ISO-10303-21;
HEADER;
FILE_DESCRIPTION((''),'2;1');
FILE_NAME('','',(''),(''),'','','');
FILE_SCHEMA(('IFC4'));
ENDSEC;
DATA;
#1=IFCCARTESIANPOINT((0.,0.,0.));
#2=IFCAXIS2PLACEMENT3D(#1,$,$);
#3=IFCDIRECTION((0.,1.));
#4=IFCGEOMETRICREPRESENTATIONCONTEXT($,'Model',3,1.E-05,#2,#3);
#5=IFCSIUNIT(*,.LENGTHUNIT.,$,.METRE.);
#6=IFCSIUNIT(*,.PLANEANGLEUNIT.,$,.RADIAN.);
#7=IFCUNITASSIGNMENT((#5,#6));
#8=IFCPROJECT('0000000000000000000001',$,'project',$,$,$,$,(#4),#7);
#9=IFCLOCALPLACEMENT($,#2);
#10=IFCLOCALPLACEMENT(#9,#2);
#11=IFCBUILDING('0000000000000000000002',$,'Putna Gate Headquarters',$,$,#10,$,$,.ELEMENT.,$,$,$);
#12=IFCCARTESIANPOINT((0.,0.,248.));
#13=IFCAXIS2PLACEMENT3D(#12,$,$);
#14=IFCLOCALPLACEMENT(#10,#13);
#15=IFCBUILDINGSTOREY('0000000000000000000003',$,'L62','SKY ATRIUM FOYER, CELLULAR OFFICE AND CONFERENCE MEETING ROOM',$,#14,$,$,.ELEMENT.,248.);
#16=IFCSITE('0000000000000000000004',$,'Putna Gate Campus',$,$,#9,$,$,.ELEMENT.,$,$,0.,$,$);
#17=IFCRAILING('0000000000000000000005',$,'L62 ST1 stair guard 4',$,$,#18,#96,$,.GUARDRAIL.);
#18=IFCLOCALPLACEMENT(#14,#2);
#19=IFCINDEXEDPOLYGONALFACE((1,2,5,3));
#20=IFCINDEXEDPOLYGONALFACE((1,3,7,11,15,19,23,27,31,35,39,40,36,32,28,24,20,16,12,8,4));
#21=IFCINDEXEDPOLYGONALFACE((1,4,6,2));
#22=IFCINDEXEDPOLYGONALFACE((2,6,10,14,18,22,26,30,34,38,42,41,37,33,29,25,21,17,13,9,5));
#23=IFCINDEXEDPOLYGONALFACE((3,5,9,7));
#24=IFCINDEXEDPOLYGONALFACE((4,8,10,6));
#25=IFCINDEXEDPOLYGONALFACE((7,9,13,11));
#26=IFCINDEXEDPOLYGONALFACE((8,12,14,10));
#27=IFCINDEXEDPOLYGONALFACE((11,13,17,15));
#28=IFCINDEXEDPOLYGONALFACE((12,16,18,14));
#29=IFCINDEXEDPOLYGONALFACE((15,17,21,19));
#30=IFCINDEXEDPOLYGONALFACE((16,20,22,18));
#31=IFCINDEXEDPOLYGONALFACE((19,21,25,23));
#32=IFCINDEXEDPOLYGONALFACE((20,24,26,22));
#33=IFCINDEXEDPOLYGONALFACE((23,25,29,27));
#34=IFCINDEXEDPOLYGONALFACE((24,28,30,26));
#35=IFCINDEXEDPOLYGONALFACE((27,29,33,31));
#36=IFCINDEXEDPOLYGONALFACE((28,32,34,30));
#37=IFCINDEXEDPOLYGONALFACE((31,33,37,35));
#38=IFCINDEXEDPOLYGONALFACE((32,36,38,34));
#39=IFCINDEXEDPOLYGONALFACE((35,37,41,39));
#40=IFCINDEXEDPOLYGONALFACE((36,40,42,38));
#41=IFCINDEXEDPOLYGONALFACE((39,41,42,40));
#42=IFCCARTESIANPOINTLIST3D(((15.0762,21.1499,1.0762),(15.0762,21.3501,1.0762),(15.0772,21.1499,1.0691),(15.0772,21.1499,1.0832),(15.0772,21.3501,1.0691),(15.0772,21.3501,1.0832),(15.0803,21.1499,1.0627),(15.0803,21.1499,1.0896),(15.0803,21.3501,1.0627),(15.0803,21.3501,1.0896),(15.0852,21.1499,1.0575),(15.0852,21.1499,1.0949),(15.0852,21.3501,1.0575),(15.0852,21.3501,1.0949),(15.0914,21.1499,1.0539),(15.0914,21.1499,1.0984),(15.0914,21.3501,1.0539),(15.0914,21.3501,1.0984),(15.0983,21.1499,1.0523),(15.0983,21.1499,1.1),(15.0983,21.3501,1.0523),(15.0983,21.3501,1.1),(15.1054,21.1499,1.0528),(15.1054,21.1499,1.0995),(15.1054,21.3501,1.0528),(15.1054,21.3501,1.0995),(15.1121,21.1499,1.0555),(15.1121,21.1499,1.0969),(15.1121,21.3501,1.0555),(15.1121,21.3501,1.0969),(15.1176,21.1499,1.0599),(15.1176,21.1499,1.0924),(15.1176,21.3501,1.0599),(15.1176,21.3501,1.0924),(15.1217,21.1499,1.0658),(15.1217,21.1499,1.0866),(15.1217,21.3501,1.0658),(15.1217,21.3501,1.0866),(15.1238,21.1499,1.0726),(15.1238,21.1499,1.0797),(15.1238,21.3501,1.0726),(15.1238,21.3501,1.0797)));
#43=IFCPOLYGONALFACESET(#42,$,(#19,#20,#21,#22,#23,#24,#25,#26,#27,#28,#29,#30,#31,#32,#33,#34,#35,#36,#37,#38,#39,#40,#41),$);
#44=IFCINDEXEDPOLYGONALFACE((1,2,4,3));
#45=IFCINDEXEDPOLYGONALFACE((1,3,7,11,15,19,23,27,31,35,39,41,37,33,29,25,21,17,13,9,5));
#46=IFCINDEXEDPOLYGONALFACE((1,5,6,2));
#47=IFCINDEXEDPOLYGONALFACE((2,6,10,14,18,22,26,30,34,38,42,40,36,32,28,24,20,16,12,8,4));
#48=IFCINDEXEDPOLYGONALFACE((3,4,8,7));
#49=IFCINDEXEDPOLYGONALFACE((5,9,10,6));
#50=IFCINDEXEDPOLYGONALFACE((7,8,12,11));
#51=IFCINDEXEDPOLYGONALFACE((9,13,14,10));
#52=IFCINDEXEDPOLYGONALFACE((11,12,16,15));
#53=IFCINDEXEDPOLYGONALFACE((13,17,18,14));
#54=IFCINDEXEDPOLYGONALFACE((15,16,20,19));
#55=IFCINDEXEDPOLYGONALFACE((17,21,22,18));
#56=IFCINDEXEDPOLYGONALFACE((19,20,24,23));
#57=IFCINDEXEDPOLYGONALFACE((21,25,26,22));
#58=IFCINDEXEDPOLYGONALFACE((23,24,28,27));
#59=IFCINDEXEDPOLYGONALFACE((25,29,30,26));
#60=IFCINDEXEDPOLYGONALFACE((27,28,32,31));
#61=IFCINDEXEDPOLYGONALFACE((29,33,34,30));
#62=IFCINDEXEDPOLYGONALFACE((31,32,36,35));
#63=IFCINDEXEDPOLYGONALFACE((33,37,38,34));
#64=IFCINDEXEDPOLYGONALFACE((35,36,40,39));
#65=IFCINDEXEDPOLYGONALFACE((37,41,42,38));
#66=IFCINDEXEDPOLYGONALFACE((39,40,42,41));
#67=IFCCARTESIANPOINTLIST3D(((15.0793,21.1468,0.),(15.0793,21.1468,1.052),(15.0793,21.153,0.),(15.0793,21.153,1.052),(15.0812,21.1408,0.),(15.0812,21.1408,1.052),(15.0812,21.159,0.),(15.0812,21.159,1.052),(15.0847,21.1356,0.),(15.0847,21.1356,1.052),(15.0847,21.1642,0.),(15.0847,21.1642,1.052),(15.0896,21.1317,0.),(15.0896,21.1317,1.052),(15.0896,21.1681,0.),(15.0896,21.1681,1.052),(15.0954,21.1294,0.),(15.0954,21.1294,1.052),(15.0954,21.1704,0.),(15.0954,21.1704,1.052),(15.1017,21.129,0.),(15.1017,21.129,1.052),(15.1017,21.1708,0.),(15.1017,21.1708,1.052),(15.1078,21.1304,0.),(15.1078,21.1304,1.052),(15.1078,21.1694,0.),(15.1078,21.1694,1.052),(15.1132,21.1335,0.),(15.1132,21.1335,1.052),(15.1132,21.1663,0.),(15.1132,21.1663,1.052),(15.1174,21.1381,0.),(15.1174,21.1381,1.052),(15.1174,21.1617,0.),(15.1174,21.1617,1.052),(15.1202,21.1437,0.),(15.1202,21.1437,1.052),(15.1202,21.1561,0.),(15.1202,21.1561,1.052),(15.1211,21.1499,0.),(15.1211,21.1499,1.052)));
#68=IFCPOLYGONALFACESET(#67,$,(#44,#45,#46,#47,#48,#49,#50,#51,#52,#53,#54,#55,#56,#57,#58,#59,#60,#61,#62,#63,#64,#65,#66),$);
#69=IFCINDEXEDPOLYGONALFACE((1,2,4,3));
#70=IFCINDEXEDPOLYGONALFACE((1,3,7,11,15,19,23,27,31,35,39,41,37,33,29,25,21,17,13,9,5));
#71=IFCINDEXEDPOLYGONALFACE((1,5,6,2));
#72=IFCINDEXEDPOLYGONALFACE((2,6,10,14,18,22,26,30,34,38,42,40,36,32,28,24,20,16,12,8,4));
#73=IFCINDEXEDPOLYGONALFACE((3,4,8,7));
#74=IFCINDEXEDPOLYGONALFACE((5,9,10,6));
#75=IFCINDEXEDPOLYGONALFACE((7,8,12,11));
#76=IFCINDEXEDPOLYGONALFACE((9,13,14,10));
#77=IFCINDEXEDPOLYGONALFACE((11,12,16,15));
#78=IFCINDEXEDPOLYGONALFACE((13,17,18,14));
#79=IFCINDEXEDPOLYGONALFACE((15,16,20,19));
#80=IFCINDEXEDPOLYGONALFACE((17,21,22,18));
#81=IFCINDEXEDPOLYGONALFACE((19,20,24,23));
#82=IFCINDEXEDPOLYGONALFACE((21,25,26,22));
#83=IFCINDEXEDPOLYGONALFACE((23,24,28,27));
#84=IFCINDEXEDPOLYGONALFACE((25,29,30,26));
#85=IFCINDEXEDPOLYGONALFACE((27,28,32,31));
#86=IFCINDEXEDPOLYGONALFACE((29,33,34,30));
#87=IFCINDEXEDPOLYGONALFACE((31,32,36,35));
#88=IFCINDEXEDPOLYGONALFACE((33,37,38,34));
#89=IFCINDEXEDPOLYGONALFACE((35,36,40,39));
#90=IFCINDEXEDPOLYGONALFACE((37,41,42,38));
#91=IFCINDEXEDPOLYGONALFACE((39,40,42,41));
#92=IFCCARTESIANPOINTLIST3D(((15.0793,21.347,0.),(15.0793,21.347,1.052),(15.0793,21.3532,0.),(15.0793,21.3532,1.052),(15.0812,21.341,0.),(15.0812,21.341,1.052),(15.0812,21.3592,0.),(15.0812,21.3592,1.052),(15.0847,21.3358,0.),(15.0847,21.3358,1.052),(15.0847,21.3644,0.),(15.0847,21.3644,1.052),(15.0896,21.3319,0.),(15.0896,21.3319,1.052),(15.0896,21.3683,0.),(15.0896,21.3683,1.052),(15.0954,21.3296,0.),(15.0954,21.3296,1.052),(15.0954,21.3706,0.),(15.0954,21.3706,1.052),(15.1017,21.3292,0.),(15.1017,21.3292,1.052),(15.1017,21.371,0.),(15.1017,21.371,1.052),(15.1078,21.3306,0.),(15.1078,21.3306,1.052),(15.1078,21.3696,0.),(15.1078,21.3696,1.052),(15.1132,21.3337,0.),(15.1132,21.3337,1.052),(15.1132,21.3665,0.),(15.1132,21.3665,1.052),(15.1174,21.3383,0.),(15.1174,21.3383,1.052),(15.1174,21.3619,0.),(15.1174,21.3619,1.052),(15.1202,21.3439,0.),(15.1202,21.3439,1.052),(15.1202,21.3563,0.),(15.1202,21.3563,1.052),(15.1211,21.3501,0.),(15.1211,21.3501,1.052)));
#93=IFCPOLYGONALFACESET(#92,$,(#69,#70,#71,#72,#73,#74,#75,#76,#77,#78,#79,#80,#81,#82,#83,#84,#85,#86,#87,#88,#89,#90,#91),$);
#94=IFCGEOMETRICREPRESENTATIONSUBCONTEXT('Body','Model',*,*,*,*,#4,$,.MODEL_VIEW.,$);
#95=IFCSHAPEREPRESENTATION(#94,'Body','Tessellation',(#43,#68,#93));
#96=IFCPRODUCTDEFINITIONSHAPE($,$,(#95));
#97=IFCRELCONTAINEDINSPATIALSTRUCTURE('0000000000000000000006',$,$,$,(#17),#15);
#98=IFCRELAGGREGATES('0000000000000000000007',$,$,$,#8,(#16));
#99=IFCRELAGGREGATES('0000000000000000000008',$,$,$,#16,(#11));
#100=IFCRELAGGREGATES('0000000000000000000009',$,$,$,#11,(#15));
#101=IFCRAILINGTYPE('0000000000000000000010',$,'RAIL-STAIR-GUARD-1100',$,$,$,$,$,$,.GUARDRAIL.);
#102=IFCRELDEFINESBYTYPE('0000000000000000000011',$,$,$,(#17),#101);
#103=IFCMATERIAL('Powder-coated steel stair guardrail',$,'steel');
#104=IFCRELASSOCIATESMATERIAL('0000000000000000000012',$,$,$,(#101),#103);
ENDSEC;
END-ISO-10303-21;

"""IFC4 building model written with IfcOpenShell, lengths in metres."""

from ifc_helpers import new_model, si_unit, direction, frame, origin, origin_2d, place, context, subcontext, project, spatial, circle, extrude, material, type_object, element, save


model = new_model("IFC4")

# Units and contexts
model_context = context("Model", 3, precision=1e-05, world=origin(), true_north=direction((0.0, 1.0)))
body_context = subcontext(model_context, "Body", "Model", "MODEL_VIEW")
ifc_project = project(units=[si_unit("LENGTHUNIT", "METRE"), si_unit("PLANEANGLEUNIT", "RADIAN")], contexts=[model_context])

# Site, building, storey
site_placement = place(None, origin())
site = spatial("IfcSite", under=ifc_project, at=site_placement, Name="Putna Gate Campus", CompositionType="ELEMENT", RefElevation=0.0)
building_placement = place(site_placement, origin())
building = spatial("IfcBuilding", under=site, at=building_placement, Name="Putna Gate Headquarters", CompositionType="ELEMENT")
storey_placement = place(building_placement, frame((0.0, 0.0, 248.0)))
storey = spatial("IfcBuildingStorey", under=building, at=storey_placement, Name="L62", Description="SKY ATRIUM FOYER, CELLULAR OFFICE AND CONFERENCE MEETING ROOM", CompositionType="ELEMENT", Elevation=248.0)

# Railing
ifc_material_1 = material(Name="Powder-coated steel stair guardrail", Category="steel")
railing_type_1 = type_object("IfcRailingType", Name="RAIL-STAIR-GUARD-1100", PredefinedType="GUARDRAIL", material=ifc_material_1)
railing_1_placement = place(storey_placement, frame((15.1001, 21.1499, 0.0)))
element("IfcRailing", 1, at=railing_1_placement, inside=storey, type_object=railing_type_1, Name="L62 ST1 stair guard 4", PredefinedType="GUARDRAIL", context=body_context, shape_type="SweptSolid", body=[
    extrude(circle(Radius=0.0239, at=origin_2d()), frame((0.0, 0.0, 1.0762), z_axis=(0.0, 1.0, 0.0), x_axis=(-1.0, 0.0, 0.0)), (0.0, 0.0, 1.0), 0.2002),
    extrude(circle(Radius=0.021, at=origin_2d()), origin(), (0.0, 0.0, 1.0), 1.052),
    extrude(circle(Radius=0.021, at=origin_2d()), frame((0.0, 0.2002, 0.0)), (0.0, 0.0, 1.0), 1.052),
])

save(model, "model.ifc")
